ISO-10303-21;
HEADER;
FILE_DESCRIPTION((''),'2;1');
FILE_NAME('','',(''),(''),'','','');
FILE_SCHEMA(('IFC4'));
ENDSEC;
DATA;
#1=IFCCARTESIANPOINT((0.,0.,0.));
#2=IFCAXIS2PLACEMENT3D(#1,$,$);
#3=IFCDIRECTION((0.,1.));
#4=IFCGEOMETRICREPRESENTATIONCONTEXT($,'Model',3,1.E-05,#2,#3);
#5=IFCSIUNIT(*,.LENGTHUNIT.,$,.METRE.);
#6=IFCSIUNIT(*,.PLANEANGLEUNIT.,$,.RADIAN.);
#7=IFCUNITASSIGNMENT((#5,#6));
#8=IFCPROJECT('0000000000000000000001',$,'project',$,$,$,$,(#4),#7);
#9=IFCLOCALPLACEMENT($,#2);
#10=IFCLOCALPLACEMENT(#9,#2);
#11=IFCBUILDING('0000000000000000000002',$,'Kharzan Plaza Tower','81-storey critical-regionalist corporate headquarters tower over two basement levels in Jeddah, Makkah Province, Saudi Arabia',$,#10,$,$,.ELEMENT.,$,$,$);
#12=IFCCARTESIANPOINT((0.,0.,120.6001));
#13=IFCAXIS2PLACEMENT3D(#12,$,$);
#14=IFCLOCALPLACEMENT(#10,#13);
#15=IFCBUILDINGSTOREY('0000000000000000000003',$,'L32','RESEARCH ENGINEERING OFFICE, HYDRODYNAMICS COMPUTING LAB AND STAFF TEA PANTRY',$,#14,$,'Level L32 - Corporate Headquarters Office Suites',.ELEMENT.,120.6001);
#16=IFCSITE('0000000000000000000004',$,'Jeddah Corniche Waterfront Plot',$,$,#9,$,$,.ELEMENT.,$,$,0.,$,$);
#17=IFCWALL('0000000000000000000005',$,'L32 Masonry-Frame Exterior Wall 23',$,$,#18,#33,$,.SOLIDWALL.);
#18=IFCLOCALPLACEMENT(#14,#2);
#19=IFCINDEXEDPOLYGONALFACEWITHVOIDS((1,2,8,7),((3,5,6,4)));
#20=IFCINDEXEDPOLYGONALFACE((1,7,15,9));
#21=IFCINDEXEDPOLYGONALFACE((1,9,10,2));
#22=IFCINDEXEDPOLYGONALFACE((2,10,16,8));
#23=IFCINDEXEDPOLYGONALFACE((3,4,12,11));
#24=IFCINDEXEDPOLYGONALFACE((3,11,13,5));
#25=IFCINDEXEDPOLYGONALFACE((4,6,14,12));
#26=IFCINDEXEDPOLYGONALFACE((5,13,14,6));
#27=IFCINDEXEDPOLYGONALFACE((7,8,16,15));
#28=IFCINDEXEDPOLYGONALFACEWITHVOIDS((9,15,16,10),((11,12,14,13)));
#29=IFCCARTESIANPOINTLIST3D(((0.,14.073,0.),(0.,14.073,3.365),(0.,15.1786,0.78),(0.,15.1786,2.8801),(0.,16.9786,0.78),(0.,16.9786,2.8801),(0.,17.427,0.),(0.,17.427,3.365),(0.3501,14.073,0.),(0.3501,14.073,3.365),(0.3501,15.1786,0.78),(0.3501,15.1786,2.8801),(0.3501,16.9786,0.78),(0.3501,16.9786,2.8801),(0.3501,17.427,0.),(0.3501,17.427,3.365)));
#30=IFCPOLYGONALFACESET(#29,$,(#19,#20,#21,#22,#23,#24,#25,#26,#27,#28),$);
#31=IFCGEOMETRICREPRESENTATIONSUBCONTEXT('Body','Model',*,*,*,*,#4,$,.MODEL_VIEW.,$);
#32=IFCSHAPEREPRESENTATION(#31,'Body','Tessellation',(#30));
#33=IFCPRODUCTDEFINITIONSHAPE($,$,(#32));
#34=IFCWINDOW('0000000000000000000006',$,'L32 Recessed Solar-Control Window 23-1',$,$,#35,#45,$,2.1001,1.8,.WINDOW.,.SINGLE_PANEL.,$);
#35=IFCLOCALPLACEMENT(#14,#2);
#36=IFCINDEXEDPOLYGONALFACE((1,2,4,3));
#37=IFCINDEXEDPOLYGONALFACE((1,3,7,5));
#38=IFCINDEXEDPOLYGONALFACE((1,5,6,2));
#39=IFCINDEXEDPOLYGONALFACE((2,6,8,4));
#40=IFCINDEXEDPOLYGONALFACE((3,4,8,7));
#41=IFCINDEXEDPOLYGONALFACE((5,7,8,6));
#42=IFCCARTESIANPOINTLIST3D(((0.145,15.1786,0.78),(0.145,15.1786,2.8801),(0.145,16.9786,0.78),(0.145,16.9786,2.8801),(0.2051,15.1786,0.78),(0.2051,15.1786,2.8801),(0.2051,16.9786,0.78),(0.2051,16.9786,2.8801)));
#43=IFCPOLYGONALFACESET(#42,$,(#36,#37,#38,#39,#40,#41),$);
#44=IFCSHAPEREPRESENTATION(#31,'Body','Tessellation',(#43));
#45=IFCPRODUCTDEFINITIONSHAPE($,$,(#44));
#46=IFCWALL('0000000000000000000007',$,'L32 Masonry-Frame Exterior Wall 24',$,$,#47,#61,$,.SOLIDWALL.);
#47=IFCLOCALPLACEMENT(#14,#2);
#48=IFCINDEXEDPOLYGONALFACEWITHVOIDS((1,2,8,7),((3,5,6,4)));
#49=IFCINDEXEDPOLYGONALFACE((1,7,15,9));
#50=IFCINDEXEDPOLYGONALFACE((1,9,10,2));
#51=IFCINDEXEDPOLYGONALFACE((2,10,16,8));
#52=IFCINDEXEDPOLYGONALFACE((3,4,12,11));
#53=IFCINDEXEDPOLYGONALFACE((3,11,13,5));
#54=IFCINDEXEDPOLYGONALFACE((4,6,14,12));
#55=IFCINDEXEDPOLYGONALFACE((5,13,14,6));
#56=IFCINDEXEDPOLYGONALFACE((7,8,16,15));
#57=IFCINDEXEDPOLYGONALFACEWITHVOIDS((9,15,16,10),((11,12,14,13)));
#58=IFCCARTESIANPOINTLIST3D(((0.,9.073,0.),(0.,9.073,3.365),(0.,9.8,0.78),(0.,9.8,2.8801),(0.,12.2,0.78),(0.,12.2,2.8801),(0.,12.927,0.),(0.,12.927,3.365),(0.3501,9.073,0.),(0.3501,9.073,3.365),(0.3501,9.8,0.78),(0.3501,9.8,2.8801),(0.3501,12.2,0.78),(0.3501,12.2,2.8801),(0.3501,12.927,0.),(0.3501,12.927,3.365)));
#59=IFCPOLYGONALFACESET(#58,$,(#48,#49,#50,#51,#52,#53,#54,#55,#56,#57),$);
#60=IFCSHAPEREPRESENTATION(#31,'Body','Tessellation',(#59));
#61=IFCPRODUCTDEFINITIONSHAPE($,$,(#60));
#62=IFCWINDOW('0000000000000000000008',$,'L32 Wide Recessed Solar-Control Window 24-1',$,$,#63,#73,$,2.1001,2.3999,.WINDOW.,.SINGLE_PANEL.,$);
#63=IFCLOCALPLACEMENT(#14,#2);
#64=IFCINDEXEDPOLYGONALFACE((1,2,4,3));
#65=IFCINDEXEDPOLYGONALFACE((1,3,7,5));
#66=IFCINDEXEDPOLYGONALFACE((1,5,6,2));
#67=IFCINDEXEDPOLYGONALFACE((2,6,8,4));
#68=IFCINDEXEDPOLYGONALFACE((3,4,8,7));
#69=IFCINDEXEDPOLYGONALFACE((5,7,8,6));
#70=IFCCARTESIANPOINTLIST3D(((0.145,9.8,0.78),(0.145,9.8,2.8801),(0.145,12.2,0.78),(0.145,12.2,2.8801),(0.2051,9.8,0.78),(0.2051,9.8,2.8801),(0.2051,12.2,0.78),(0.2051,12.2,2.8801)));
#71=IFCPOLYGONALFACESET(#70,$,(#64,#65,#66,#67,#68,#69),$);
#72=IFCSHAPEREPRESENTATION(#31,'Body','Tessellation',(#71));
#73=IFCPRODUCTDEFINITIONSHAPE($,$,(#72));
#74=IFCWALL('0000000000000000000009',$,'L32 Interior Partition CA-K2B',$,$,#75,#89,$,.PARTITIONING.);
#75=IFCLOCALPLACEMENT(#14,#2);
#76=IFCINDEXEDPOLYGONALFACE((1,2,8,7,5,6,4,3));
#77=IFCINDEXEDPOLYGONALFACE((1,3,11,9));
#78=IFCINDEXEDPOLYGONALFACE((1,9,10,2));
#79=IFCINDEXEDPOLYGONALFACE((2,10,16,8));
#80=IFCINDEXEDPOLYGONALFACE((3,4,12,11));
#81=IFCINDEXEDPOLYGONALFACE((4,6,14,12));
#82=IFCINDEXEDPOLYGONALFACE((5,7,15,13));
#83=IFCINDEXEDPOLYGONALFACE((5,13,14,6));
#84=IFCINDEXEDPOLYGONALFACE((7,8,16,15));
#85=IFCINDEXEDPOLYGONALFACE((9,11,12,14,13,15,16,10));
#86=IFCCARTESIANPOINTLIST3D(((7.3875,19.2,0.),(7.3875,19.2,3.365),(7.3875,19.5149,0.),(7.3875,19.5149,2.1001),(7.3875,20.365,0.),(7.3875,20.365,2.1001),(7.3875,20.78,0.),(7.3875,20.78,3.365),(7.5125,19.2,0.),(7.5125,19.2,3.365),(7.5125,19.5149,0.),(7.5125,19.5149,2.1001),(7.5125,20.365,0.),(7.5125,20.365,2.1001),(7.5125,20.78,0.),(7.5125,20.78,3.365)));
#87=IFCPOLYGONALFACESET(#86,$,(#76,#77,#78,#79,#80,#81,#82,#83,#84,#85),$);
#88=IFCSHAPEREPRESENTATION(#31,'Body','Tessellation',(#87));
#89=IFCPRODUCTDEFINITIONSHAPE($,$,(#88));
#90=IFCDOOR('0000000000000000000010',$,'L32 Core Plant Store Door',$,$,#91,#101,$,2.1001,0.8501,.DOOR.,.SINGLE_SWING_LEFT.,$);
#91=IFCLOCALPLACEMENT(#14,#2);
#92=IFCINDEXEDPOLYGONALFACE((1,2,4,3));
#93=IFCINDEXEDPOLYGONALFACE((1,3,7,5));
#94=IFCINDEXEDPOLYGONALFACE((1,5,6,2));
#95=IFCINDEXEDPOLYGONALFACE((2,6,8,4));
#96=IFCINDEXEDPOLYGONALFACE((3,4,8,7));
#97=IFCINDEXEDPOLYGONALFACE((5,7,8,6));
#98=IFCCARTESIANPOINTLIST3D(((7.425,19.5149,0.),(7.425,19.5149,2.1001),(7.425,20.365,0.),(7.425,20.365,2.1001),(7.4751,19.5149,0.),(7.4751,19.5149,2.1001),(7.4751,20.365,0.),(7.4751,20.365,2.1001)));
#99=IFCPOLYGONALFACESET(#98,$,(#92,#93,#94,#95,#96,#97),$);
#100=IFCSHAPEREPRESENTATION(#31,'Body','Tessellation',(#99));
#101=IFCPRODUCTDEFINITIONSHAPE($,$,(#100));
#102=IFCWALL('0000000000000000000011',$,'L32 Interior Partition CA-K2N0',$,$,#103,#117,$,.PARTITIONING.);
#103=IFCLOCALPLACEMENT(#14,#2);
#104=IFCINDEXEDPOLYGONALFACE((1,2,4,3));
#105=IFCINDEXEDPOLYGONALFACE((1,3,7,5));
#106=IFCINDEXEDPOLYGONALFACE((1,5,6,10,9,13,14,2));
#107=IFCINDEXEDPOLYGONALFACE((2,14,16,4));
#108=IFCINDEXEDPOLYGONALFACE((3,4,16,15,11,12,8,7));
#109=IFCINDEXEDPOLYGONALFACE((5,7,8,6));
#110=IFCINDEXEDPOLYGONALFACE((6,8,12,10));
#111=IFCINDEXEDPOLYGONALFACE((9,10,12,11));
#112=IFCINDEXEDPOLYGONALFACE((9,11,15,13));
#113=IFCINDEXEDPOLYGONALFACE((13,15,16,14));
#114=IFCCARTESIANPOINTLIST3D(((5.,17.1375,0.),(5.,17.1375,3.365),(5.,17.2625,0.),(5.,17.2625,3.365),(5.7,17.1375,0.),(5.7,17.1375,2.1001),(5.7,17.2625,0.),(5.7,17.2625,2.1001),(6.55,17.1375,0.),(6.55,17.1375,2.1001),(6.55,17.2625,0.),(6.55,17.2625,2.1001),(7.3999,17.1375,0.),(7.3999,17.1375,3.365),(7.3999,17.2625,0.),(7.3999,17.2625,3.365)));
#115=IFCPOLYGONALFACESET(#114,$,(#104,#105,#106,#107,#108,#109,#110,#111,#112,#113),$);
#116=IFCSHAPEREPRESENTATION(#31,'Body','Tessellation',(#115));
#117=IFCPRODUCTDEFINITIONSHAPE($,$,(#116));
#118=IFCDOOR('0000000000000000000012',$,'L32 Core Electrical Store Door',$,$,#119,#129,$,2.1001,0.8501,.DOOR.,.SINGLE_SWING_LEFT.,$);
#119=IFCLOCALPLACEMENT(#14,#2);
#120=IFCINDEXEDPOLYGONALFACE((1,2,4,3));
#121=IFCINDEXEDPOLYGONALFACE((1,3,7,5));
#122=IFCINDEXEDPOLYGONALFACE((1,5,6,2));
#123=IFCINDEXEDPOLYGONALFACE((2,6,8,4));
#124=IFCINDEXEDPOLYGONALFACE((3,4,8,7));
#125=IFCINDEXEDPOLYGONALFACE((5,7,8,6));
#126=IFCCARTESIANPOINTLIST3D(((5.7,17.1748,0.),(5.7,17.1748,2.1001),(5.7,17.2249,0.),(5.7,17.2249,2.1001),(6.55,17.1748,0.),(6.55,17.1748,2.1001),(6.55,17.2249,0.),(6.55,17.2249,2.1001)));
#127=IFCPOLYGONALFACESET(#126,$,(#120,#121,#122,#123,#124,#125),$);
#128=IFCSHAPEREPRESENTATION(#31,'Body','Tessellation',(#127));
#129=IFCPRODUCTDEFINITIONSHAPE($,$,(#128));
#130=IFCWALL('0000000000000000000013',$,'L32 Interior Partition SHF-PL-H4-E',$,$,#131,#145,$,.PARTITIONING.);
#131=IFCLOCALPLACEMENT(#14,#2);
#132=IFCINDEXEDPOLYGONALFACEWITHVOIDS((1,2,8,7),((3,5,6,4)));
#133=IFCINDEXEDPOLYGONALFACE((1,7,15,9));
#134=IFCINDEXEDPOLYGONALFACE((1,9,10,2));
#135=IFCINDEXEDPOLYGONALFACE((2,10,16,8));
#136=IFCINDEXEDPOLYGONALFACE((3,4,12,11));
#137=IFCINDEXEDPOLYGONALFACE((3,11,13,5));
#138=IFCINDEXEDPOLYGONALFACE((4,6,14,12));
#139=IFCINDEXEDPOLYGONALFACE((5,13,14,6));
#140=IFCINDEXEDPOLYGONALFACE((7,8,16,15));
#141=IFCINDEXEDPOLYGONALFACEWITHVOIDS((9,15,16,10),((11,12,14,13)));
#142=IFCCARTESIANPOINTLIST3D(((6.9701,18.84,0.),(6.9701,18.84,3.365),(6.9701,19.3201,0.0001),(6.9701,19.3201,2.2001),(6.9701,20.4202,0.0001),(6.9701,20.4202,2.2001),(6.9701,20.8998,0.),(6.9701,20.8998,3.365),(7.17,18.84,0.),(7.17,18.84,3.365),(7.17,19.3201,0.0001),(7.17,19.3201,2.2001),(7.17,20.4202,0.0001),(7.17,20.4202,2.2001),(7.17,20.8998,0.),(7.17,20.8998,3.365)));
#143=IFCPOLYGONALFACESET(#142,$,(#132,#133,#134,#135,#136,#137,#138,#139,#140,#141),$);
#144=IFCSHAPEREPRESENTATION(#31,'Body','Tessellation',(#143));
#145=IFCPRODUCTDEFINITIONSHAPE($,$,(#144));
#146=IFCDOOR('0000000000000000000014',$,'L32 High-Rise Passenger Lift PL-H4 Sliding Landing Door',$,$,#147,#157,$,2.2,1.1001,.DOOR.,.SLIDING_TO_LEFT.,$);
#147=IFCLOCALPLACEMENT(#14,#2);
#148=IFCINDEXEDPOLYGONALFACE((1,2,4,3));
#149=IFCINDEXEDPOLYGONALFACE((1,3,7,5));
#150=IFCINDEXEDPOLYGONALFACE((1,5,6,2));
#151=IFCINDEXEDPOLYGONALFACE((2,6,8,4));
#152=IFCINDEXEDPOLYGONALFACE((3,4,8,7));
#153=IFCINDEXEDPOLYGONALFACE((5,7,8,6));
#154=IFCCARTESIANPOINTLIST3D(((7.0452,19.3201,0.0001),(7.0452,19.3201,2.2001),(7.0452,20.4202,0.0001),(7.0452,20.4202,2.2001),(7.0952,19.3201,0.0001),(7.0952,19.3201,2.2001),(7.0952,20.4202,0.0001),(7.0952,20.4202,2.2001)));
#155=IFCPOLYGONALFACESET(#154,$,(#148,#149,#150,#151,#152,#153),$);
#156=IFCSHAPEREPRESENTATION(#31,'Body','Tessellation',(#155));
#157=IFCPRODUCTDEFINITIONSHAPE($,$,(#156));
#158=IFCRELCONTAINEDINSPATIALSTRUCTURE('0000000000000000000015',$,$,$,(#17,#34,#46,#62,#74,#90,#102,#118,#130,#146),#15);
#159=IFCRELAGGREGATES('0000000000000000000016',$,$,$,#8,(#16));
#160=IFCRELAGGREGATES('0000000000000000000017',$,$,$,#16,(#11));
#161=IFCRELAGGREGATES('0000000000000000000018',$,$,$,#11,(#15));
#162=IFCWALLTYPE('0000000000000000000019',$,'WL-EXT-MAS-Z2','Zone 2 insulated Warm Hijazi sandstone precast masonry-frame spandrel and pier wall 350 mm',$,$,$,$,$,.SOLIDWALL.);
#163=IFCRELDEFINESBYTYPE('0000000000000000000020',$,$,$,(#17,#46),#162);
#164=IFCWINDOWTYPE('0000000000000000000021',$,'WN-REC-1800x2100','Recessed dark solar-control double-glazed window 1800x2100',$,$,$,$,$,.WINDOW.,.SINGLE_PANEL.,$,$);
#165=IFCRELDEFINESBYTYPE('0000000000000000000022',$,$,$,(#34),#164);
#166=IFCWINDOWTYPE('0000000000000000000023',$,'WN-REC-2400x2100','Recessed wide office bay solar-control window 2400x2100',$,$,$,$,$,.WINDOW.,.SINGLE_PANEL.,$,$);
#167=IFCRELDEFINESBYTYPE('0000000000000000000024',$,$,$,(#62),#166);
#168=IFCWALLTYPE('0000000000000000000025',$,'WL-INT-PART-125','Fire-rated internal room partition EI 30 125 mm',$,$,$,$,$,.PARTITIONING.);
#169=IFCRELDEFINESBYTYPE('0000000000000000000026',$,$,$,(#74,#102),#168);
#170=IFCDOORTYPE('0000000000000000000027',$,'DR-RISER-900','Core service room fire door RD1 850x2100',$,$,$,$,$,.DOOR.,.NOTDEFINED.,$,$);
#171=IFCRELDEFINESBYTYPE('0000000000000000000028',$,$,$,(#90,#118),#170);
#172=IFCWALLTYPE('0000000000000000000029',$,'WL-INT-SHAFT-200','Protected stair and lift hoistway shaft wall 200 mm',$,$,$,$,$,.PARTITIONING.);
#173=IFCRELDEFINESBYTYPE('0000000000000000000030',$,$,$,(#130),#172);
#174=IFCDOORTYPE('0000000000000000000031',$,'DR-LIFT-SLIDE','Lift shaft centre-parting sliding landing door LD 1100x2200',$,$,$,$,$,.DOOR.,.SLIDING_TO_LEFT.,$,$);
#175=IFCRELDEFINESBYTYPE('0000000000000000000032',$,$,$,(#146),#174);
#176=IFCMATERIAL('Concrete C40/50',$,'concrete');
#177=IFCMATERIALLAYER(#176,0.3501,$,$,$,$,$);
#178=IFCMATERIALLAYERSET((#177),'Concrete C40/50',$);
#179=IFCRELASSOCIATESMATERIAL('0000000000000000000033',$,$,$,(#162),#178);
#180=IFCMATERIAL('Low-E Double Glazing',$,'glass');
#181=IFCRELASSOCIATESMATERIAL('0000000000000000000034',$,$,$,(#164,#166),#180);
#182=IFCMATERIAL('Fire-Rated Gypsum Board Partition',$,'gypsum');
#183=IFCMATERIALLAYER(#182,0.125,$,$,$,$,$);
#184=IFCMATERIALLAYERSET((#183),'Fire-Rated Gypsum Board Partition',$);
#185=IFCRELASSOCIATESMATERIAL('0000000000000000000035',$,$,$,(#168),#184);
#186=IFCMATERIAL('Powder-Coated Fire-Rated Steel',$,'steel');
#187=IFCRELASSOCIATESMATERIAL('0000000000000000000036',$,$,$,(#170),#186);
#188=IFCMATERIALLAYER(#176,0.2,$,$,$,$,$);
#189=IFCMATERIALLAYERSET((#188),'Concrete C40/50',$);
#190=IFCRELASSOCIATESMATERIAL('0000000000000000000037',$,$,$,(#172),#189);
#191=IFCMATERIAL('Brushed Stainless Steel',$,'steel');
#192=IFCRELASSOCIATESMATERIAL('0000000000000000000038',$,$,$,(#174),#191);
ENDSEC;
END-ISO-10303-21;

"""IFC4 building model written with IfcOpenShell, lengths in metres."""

from ifc_helpers import new_model, si_unit, direction, frame, frame_2d, origin, place, context, subcontext, project, spatial, rectangle, extrude, source, transform, mapped, material, layer, layer_set, type_object, element, fill, save


model = new_model("IFC4")

# Units and contexts
model_context = context("Model", 3, precision=1e-05, world=origin(), true_north=direction((0.0, 1.0)))
body_context = subcontext(model_context, "Body", "Model", "MODEL_VIEW")
ifc_project = project(units=[si_unit("LENGTHUNIT", "METRE"), si_unit("PLANEANGLEUNIT", "RADIAN")], contexts=[model_context])

# Site, building, storey
site_placement = place(None, origin())
site = spatial("IfcSite", under=ifc_project, at=site_placement, Name="Jeddah Corniche Waterfront Plot", CompositionType="ELEMENT", RefElevation=0.0)
building_placement = place(site_placement, origin())
building = spatial("IfcBuilding", under=site, at=building_placement, Name="Kharzan Plaza Tower", Description="81-storey critical-regionalist corporate headquarters tower over two basement levels in Jeddah, Makkah Province, Saudi Arabia", CompositionType="ELEMENT")
storey_placement = place(building_placement, frame((0.0, 0.0, 120.6001)))
storey = spatial("IfcBuildingStorey", under=building, at=storey_placement, Name="L32", Description="RESEARCH ENGINEERING OFFICE, HYDRODYNAMICS COMPUTING LAB AND STAFF TEA PANTRY", LongName="Level L32 - Corporate Headquarters Office Suites", CompositionType="ELEMENT", Elevation=120.6001)

# Walls, openings, windows
ifc_material_1 = material(Name="Concrete C40/50", Category="concrete")
ifc_layer_1 = layer(ifc_material_1, 0.3501)
ifc_layer_set_1 = layer_set([ifc_layer_1], Name="Concrete C40/50")
wall_type_1 = type_object("IfcWallType", Name="WL-EXT-MAS-Z2", Description="Zone 2 insulated Warm Hijazi sandstone precast masonry-frame spandrel and pier wall 350 mm", PredefinedType="SOLIDWALL", material=ifc_layer_set_1)
wall_1_placement = place(storey_placement, frame((0.175, 17.427, 0.0), z_axis=(0.0, 0.0, 1.0), x_axis=(0.0, -1.0, 0.0)))
wall_1 = element("IfcWall", 1, at=wall_1_placement, inside=storey, type_object=wall_type_1, Name="L32 Masonry-Frame Exterior Wall 23", PredefinedType="SOLIDWALL", context=body_context, shape_type="SweptSolid", body=[
    extrude(rectangle(XDim=3.354, YDim=0.3501, at=frame_2d((1.677, 0.0))), origin(), (0.0, 0.0, 1.0), 3.365),
])
opening_1_placement = place(wall_1_placement, frame((0.4485, 0.0, 0.78)))
opening_1 = element("IfcOpeningElement", 2, at=opening_1_placement, cuts=wall_1, PredefinedType="OPENING", context=body_context, shape_type="SweptSolid", body=[
    extrude(rectangle(XDim=1.8, YDim=2.1001, at=frame_2d((0.8999, 1.05))), frame((0.0, 0.1851, 0.0), z_axis=(0.0, -1.0, 0.0), x_axis=(1.0, 0.0, 0.0)), (0.0, 0.0, 1.0), 0.3701),
])
ifc_material_2 = material(Name="Low-E Double Glazing", Category="glass")
window_type_1 = type_object("IfcWindowType", Name="WN-REC-1800x2100", Description="Recessed dark solar-control double-glazed window 1800x2100", PartitioningType="SINGLE_PANEL", PredefinedType="WINDOW", material=ifc_material_2)
shared_shape_1 = source(origin(), body_context, "Body", "SweptSolid", [
    extrude(rectangle(XDim=1.8, YDim=2.1001, at=frame_2d((0.8999, 1.05))), frame((0.0, 0.03, 0.0), z_axis=(0.0, -1.0, 0.0), x_axis=(1.0, 0.0, 0.0)), (0.0, 0.0, 1.0), 0.0601),
])
window_1_placement = place(opening_1_placement, origin())
window_1 = element("IfcWindow", 3, at=window_1_placement, inside=storey, type_object=window_type_1, Name="L32 Recessed Solar-Control Window 23-1", OverallHeight=2.1001, OverallWidth=1.8, PartitioningType="SINGLE_PANEL", PredefinedType="WINDOW", context=body_context, shape_type="MappedRepresentation", body=[
    mapped(shared_shape_1, transform((0.0, 0.0, 0.0), x_axis=(1.0, 0.0, 0.0), y_axis=(0.0, 1.0, 0.0), z_axis=(0.0, 0.0, 1.0))),
])
fill(opening_1, window_1)
wall_2_placement = place(storey_placement, frame((0.175, 12.927, 0.0), z_axis=(0.0, 0.0, 1.0), x_axis=(0.0, -1.0, 0.0)))
wall_2 = element("IfcWall", 4, at=wall_2_placement, inside=storey, type_object=wall_type_1, Name="L32 Masonry-Frame Exterior Wall 24", PredefinedType="SOLIDWALL", context=body_context, shape_type="SweptSolid", body=[
    extrude(rectangle(XDim=3.854, YDim=0.3501, at=frame_2d((1.927, 0.0))), origin(), (0.0, 0.0, 1.0), 3.365),
])
opening_2_placement = place(wall_2_placement, frame((0.7271, 0.0, 0.78)))
opening_2 = element("IfcOpeningElement", 5, at=opening_2_placement, cuts=wall_2, PredefinedType="OPENING", context=body_context, shape_type="SweptSolid", body=[
    extrude(rectangle(XDim=2.3999, YDim=2.1001, at=frame_2d((1.2, 1.05))), frame((0.0, 0.1851, 0.0), z_axis=(0.0, -1.0, 0.0), x_axis=(1.0, 0.0, 0.0)), (0.0, 0.0, 1.0), 0.3701),
])
window_type_2 = type_object("IfcWindowType", Name="WN-REC-2400x2100", Description="Recessed wide office bay solar-control window 2400x2100", PartitioningType="SINGLE_PANEL", PredefinedType="WINDOW", material=ifc_material_2)
shared_shape_2 = source(origin(), body_context, "Body", "SweptSolid", [
    extrude(rectangle(XDim=2.3999, YDim=2.1001, at=frame_2d((1.2, 1.05))), frame((0.0, 0.03, 0.0), z_axis=(0.0, -1.0, 0.0), x_axis=(1.0, 0.0, 0.0)), (0.0, 0.0, 1.0), 0.0601),
])
window_2_placement = place(opening_2_placement, origin())
window_2 = element("IfcWindow", 6, at=window_2_placement, inside=storey, type_object=window_type_2, Name="L32 Wide Recessed Solar-Control Window 24-1", OverallHeight=2.1001, OverallWidth=2.3999, PartitioningType="SINGLE_PANEL", PredefinedType="WINDOW", context=body_context, shape_type="MappedRepresentation", body=[
    mapped(shared_shape_2, transform((0.0, 0.0, 0.0), x_axis=(1.0, 0.0, 0.0), y_axis=(0.0, 1.0, 0.0), z_axis=(0.0, 0.0, 1.0))),
])
fill(opening_2, window_2)

# Walls, openings, doors
ifc_material_3 = material(Name="Fire-Rated Gypsum Board Partition", Category="gypsum")
ifc_layer_2 = layer(ifc_material_3, 0.125)
ifc_layer_set_2 = layer_set([ifc_layer_2], Name="Fire-Rated Gypsum Board Partition")
wall_type_2 = type_object("IfcWallType", Name="WL-INT-PART-125", Description="Fire-rated internal room partition EI 30 125 mm", PredefinedType="PARTITIONING", material=ifc_layer_set_2)
wall_3_placement = place(storey_placement, frame((7.45, 19.2, 0.0), z_axis=(0.0, 0.0, 1.0), x_axis=(0.0, 1.0, 0.0)))
wall_3 = element("IfcWall", 7, at=wall_3_placement, inside=storey, type_object=wall_type_2, Name="L32 Interior Partition CA-K2B", PredefinedType="PARTITIONING", context=body_context, shape_type="SweptSolid", body=[
    extrude(rectangle(XDim=1.5801, YDim=0.125, at=frame_2d((0.79, 0.0))), origin(), (0.0, 0.0, 1.0), 3.365),
])
opening_3_placement = place(wall_3_placement, frame((0.3149, 0.0, 0.0)))
opening_3 = element("IfcOpeningElement", 8, at=opening_3_placement, cuts=wall_3, PredefinedType="OPENING", context=body_context, shape_type="SweptSolid", body=[
    extrude(rectangle(XDim=0.8501, YDim=2.1001, at=frame_2d((0.425, 1.05))), frame((0.0, 0.0725, 0.0), z_axis=(0.0, -1.0, 0.0), x_axis=(1.0, 0.0, 0.0)), (0.0, 0.0, 1.0), 0.145),
])
ifc_material_4 = material(Name="Powder-Coated Fire-Rated Steel", Category="steel")
door_type_1 = type_object("IfcDoorType", Name="DR-RISER-900", Description="Core service room fire door RD1 850x2100", OperationType="NOTDEFINED", PredefinedType="DOOR", material=ifc_material_4)
shared_shape_3 = source(origin(), body_context, "Body", "SweptSolid", [
    extrude(rectangle(XDim=0.8501, YDim=2.1001, at=frame_2d((0.425, 1.05))), frame((0.0, 0.0249, 0.0), z_axis=(0.0, -1.0, 0.0), x_axis=(1.0, 0.0, 0.0)), (0.0, 0.0, 1.0), 0.05),
])
door_1_placement = place(opening_3_placement, origin())
door_1 = element("IfcDoor", 9, at=door_1_placement, inside=storey, type_object=door_type_1, Name="L32 Core Plant Store Door", OperationType="SINGLE_SWING_LEFT", OverallHeight=2.1001, OverallWidth=0.8501, PredefinedType="DOOR", context=body_context, shape_type="MappedRepresentation", body=[
    mapped(shared_shape_3, transform((0.0, 0.0, 0.0), x_axis=(1.0, 0.0, 0.0), y_axis=(0.0, 1.0, 0.0), z_axis=(0.0, 0.0, 1.0))),
])
fill(opening_3, door_1)
wall_4_placement = place(storey_placement, frame((5.0, 17.2, 0.0), z_axis=(0.0, 0.0, 1.0), x_axis=(1.0, 0.0, 0.0)))
wall_4 = element("IfcWall", 10, at=wall_4_placement, inside=storey, type_object=wall_type_2, Name="L32 Interior Partition CA-K2N0", PredefinedType="PARTITIONING", context=body_context, shape_type="SweptSolid", body=[
    extrude(rectangle(XDim=2.3999, YDim=0.125, at=frame_2d((1.2, 0.0))), origin(), (0.0, 0.0, 1.0), 3.365),
])
opening_4_placement = place(wall_4_placement, frame((0.7, 0.0, 0.0)))
opening_4 = element("IfcOpeningElement", 11, at=opening_4_placement, cuts=wall_4, PredefinedType="OPENING", context=body_context, shape_type="SweptSolid", body=[
    extrude(rectangle(XDim=0.8501, YDim=2.1001, at=frame_2d((0.425, 1.05))), frame((0.0, 0.0725, 0.0), z_axis=(0.0, -1.0, 0.0), x_axis=(1.0, 0.0, 0.0)), (0.0, 0.0, 1.0), 0.145),
])
door_2_placement = place(opening_4_placement, origin())
door_2 = element("IfcDoor", 12, at=door_2_placement, inside=storey, type_object=door_type_1, Name="L32 Core Electrical Store Door", OperationType="SINGLE_SWING_LEFT", OverallHeight=2.1001, OverallWidth=0.8501, PredefinedType="DOOR", context=body_context, shape_type="MappedRepresentation", body=[
    mapped(shared_shape_3, transform((0.0, 0.0, 0.0), x_axis=(1.0, 0.0, 0.0), y_axis=(0.0, 1.0, 0.0), z_axis=(0.0, 0.0, 1.0))),
])
fill(opening_4, door_2)
ifc_layer_3 = layer(ifc_material_1, 0.2)
ifc_layer_set_3 = layer_set([ifc_layer_3], Name="Concrete C40/50")
wall_type_3 = type_object("IfcWallType", Name="WL-INT-SHAFT-200", Description="Protected stair and lift hoistway shaft wall 200 mm", PredefinedType="PARTITIONING", material=ifc_layer_set_3)
wall_5_placement = place(storey_placement, frame((7.0701, 18.8401, 0.0), z_axis=(0.0, 0.0, 1.0), x_axis=(0.0, 1.0, 0.0)))
wall_5 = element("IfcWall", 13, at=wall_5_placement, inside=storey, type_object=wall_type_3, Name="L32 Interior Partition SHF-PL-H4-E", PredefinedType="PARTITIONING", context=body_context, shape_type="SweptSolid", body=[
    extrude(rectangle(XDim=2.0598, YDim=0.2, at=frame_2d((1.0298, 0.0))), origin(), (0.0, 0.0, 1.0), 3.365),
])
opening_5_placement = place(wall_5_placement, frame((0.48, 0.0, 0.0)))
opening_5 = element("IfcOpeningElement", 14, at=opening_5_placement, cuts=wall_5, PredefinedType="OPENING", context=body_context, shape_type="SweptSolid", body=[
    extrude(rectangle(XDim=1.1001, YDim=2.2, at=frame_2d((0.55, 1.1001))), frame((0.0, 0.1099, 0.0), z_axis=(0.0, -1.0, 0.0), x_axis=(1.0, 0.0, 0.0)), (0.0, 0.0, 1.0), 0.22),
])
ifc_material_5 = material(Name="Brushed Stainless Steel", Category="steel")
door_type_2 = type_object("IfcDoorType", Name="DR-LIFT-SLIDE", Description="Lift shaft centre-parting sliding landing door LD 1100x2200", OperationType="SLIDING_TO_LEFT", PredefinedType="DOOR", material=ifc_material_5)
shared_shape_4 = source(origin(), body_context, "Body", "SweptSolid", [
    extrude(rectangle(XDim=1.1001, YDim=2.2, at=frame_2d((0.55, 1.1001))), frame((0.0, 0.0249, 0.0), z_axis=(0.0, -1.0, 0.0), x_axis=(1.0, 0.0, 0.0)), (0.0, 0.0, 1.0), 0.05),
])
door_3_placement = place(opening_5_placement, origin())
door_3 = element("IfcDoor", 15, at=door_3_placement, inside=storey, type_object=door_type_2, Name="L32 High-Rise Passenger Lift PL-H4 Sliding Landing Door", OperationType="SLIDING_TO_LEFT", OverallHeight=2.2, OverallWidth=1.1001, PredefinedType="DOOR", context=body_context, shape_type="MappedRepresentation", body=[
    mapped(shared_shape_4, transform((0.0, 0.0, 0.0), x_axis=(1.0, 0.0, 0.0), y_axis=(0.0, 1.0, 0.0), z_axis=(0.0, 0.0, 1.0))),
])
fill(opening_5, door_3)

save(model, "model.ifc")
